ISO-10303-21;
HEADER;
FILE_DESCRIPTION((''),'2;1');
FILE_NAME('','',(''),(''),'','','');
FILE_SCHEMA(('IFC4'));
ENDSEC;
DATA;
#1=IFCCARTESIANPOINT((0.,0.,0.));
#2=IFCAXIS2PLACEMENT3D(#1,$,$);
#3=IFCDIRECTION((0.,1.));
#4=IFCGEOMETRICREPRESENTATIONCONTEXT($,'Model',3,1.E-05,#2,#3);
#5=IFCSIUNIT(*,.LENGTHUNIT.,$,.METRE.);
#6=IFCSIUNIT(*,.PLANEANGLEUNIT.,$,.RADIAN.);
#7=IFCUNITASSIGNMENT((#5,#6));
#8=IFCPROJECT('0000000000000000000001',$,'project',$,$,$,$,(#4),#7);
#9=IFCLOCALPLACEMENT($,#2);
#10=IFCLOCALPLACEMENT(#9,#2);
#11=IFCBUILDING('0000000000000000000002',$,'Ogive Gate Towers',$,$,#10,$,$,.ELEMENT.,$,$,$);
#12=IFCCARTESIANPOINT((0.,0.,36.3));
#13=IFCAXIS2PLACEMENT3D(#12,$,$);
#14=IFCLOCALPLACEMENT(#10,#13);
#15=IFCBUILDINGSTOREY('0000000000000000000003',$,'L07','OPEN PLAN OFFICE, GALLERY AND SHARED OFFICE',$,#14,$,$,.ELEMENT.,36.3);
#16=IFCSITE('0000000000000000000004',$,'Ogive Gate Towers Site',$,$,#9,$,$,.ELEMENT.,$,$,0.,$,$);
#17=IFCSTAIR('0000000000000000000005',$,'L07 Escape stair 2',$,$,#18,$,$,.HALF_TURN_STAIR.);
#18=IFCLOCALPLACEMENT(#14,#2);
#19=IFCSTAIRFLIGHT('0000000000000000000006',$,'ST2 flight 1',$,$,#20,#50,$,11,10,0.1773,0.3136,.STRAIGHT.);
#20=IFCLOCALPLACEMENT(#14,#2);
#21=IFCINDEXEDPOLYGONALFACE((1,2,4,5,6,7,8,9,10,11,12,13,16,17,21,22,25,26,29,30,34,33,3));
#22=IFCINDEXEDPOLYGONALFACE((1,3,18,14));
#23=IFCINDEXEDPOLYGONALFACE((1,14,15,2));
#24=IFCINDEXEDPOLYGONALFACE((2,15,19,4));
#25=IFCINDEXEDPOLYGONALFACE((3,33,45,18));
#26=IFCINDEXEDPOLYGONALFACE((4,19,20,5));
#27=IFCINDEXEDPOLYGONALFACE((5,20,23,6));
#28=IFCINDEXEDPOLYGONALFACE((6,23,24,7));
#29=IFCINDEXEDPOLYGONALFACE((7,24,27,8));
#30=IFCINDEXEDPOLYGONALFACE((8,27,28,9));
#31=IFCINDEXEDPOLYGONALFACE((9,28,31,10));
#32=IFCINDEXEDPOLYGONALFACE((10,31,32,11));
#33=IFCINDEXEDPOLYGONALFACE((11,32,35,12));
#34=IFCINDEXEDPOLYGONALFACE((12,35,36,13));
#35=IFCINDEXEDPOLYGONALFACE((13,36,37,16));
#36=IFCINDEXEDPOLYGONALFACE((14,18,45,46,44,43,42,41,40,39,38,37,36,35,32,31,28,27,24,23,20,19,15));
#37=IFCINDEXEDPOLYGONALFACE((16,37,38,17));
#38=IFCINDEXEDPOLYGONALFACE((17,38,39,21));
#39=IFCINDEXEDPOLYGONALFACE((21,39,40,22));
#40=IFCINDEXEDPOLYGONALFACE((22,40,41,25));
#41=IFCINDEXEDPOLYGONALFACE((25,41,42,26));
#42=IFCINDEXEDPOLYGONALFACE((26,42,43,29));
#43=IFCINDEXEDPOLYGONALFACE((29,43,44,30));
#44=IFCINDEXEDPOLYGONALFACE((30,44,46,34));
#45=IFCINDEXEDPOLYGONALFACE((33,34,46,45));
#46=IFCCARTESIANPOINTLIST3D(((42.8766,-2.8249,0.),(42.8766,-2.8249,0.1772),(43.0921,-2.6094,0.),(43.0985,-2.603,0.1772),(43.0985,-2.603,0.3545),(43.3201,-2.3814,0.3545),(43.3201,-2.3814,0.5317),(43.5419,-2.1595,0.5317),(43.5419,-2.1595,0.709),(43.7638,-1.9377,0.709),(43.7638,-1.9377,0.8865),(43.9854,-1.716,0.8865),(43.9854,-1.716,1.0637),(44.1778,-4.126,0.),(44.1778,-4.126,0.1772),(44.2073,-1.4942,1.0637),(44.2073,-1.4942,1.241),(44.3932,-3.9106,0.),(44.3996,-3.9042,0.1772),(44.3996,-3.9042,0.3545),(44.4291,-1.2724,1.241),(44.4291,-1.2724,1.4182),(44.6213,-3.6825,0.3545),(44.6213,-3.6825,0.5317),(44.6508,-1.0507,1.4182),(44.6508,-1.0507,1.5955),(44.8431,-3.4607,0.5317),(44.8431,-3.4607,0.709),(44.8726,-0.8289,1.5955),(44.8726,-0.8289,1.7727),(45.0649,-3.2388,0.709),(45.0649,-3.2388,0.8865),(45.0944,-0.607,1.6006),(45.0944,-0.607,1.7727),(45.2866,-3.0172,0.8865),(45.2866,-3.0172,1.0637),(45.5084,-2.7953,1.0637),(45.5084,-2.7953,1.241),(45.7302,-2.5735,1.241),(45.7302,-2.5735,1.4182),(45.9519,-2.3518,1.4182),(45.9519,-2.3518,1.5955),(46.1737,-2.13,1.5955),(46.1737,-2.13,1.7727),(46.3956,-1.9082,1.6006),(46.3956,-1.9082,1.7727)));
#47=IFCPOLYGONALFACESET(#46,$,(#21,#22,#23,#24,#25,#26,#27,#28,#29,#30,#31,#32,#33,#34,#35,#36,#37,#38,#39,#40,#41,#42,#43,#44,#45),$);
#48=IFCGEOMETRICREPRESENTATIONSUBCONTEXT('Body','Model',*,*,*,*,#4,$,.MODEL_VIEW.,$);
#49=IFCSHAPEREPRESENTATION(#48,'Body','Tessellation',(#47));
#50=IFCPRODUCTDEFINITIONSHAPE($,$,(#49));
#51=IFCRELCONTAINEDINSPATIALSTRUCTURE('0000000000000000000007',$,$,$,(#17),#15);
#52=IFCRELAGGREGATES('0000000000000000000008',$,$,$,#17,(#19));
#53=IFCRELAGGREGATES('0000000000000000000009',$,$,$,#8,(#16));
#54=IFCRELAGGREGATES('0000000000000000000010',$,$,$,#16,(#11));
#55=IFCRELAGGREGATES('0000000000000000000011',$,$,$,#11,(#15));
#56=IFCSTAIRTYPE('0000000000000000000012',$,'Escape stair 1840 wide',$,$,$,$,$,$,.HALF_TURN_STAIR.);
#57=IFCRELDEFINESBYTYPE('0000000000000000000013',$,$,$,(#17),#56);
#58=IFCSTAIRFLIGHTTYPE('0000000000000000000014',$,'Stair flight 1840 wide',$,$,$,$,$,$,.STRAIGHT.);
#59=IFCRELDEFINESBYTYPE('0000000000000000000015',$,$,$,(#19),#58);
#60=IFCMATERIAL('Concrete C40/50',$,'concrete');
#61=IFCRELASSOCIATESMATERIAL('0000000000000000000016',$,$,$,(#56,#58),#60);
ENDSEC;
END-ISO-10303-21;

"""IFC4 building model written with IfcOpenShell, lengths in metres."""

from ifc_helpers import new_model, si_unit, direction, frame, origin, place, context, subcontext, project, spatial, polyline, outline, extrude, material, type_object, element, aggregate, save


model = new_model("IFC4")

# Units and contexts
model_context = context("Model", 3, precision=1e-05, world=origin(), true_north=direction((0.0, 1.0)))
body_context = subcontext(model_context, "Body", "Model", "MODEL_VIEW")
ifc_project = project(units=[si_unit("LENGTHUNIT", "METRE"), si_unit("PLANEANGLEUNIT", "RADIAN")], contexts=[model_context])

# Site, building, storey
site_placement = place(None, origin())
site = spatial("IfcSite", under=ifc_project, at=site_placement, Name="Ogive Gate Towers Site", CompositionType="ELEMENT", RefElevation=0.0)
building_placement = place(site_placement, origin())
building = spatial("IfcBuilding", under=site, at=building_placement, Name="Ogive Gate Towers", CompositionType="ELEMENT")
storey_placement = place(building_placement, frame((0.0, 0.0, 36.3)))
storey = spatial("IfcBuildingStorey", under=building, at=storey_placement, Name="L07", Description="OPEN PLAN OFFICE, GALLERY AND SHARED OFFICE", CompositionType="ELEMENT", Elevation=36.3)

# Stair, stair flight
ifc_material_1 = material(Name="Concrete C40/50", Category="concrete")
stair_type = type_object("IfcStairType", Name="Escape stair 1840 wide", PredefinedType="HALF_TURN_STAIR", material=ifc_material_1)
stair_placement = place(storey_placement, origin())
stair = element("IfcStair", 1, at=stair_placement, inside=storey, type_object=stair_type, Name="L07 Escape stair 2", PredefinedType="HALF_TURN_STAIR")
stair_flight_type = type_object("IfcStairFlightType", Name="Stair flight 1840 wide", PredefinedType="STRAIGHT", material=ifc_material_1)
stair_flight_placement = place(storey_placement, frame((43.5271, -3.4753, 0.0), z_axis=(0.0, 0.0, 1.0), x_axis=(0.707107, 0.707107, 0.0)))
stair_flight = element("IfcStairFlight", 2, at=stair_flight_placement, type_object=stair_flight_type, Name="ST2 flight 1", NumberOfRisers=11, NumberOfTreads=10, PredefinedType="STRAIGHT", RiserHeight=0.1773, TreadLength=0.3136, context=body_context, shape_type="SweptSolid", body=[
    extrude(outline(polyline([(0.0, 0.0), (0.0, 0.1772), (0.3137, 0.1772), (0.3137, 0.3545), (0.6272, 0.3545), (0.6272, 0.5317), (0.9409, 0.5317), (0.9409, 0.709), (1.2546, 0.709), (1.2546, 0.8865), (1.5681, 0.8865), (1.5681, 1.0637), (1.8818, 1.0637), (1.8818, 1.241), (2.1956, 1.241), (2.1956, 1.4182), (2.509, 1.4182), (2.509, 1.5955), (2.8228, 1.5955), (2.8228, 1.7727), (3.1365, 1.7727), (3.1365, 1.95), (3.1365, 1.6006), (0.3047, 0.0), (0.0, 0.0)])), frame((0.0, 0.9199, 0.0), z_axis=(0.0, -1.0, 0.0), x_axis=(1.0, 0.0, 0.0)), (0.0, 0.0, 1.0), 1.8401),
])
aggregate(stair, [stair_flight])

save(model, "model.ifc")
